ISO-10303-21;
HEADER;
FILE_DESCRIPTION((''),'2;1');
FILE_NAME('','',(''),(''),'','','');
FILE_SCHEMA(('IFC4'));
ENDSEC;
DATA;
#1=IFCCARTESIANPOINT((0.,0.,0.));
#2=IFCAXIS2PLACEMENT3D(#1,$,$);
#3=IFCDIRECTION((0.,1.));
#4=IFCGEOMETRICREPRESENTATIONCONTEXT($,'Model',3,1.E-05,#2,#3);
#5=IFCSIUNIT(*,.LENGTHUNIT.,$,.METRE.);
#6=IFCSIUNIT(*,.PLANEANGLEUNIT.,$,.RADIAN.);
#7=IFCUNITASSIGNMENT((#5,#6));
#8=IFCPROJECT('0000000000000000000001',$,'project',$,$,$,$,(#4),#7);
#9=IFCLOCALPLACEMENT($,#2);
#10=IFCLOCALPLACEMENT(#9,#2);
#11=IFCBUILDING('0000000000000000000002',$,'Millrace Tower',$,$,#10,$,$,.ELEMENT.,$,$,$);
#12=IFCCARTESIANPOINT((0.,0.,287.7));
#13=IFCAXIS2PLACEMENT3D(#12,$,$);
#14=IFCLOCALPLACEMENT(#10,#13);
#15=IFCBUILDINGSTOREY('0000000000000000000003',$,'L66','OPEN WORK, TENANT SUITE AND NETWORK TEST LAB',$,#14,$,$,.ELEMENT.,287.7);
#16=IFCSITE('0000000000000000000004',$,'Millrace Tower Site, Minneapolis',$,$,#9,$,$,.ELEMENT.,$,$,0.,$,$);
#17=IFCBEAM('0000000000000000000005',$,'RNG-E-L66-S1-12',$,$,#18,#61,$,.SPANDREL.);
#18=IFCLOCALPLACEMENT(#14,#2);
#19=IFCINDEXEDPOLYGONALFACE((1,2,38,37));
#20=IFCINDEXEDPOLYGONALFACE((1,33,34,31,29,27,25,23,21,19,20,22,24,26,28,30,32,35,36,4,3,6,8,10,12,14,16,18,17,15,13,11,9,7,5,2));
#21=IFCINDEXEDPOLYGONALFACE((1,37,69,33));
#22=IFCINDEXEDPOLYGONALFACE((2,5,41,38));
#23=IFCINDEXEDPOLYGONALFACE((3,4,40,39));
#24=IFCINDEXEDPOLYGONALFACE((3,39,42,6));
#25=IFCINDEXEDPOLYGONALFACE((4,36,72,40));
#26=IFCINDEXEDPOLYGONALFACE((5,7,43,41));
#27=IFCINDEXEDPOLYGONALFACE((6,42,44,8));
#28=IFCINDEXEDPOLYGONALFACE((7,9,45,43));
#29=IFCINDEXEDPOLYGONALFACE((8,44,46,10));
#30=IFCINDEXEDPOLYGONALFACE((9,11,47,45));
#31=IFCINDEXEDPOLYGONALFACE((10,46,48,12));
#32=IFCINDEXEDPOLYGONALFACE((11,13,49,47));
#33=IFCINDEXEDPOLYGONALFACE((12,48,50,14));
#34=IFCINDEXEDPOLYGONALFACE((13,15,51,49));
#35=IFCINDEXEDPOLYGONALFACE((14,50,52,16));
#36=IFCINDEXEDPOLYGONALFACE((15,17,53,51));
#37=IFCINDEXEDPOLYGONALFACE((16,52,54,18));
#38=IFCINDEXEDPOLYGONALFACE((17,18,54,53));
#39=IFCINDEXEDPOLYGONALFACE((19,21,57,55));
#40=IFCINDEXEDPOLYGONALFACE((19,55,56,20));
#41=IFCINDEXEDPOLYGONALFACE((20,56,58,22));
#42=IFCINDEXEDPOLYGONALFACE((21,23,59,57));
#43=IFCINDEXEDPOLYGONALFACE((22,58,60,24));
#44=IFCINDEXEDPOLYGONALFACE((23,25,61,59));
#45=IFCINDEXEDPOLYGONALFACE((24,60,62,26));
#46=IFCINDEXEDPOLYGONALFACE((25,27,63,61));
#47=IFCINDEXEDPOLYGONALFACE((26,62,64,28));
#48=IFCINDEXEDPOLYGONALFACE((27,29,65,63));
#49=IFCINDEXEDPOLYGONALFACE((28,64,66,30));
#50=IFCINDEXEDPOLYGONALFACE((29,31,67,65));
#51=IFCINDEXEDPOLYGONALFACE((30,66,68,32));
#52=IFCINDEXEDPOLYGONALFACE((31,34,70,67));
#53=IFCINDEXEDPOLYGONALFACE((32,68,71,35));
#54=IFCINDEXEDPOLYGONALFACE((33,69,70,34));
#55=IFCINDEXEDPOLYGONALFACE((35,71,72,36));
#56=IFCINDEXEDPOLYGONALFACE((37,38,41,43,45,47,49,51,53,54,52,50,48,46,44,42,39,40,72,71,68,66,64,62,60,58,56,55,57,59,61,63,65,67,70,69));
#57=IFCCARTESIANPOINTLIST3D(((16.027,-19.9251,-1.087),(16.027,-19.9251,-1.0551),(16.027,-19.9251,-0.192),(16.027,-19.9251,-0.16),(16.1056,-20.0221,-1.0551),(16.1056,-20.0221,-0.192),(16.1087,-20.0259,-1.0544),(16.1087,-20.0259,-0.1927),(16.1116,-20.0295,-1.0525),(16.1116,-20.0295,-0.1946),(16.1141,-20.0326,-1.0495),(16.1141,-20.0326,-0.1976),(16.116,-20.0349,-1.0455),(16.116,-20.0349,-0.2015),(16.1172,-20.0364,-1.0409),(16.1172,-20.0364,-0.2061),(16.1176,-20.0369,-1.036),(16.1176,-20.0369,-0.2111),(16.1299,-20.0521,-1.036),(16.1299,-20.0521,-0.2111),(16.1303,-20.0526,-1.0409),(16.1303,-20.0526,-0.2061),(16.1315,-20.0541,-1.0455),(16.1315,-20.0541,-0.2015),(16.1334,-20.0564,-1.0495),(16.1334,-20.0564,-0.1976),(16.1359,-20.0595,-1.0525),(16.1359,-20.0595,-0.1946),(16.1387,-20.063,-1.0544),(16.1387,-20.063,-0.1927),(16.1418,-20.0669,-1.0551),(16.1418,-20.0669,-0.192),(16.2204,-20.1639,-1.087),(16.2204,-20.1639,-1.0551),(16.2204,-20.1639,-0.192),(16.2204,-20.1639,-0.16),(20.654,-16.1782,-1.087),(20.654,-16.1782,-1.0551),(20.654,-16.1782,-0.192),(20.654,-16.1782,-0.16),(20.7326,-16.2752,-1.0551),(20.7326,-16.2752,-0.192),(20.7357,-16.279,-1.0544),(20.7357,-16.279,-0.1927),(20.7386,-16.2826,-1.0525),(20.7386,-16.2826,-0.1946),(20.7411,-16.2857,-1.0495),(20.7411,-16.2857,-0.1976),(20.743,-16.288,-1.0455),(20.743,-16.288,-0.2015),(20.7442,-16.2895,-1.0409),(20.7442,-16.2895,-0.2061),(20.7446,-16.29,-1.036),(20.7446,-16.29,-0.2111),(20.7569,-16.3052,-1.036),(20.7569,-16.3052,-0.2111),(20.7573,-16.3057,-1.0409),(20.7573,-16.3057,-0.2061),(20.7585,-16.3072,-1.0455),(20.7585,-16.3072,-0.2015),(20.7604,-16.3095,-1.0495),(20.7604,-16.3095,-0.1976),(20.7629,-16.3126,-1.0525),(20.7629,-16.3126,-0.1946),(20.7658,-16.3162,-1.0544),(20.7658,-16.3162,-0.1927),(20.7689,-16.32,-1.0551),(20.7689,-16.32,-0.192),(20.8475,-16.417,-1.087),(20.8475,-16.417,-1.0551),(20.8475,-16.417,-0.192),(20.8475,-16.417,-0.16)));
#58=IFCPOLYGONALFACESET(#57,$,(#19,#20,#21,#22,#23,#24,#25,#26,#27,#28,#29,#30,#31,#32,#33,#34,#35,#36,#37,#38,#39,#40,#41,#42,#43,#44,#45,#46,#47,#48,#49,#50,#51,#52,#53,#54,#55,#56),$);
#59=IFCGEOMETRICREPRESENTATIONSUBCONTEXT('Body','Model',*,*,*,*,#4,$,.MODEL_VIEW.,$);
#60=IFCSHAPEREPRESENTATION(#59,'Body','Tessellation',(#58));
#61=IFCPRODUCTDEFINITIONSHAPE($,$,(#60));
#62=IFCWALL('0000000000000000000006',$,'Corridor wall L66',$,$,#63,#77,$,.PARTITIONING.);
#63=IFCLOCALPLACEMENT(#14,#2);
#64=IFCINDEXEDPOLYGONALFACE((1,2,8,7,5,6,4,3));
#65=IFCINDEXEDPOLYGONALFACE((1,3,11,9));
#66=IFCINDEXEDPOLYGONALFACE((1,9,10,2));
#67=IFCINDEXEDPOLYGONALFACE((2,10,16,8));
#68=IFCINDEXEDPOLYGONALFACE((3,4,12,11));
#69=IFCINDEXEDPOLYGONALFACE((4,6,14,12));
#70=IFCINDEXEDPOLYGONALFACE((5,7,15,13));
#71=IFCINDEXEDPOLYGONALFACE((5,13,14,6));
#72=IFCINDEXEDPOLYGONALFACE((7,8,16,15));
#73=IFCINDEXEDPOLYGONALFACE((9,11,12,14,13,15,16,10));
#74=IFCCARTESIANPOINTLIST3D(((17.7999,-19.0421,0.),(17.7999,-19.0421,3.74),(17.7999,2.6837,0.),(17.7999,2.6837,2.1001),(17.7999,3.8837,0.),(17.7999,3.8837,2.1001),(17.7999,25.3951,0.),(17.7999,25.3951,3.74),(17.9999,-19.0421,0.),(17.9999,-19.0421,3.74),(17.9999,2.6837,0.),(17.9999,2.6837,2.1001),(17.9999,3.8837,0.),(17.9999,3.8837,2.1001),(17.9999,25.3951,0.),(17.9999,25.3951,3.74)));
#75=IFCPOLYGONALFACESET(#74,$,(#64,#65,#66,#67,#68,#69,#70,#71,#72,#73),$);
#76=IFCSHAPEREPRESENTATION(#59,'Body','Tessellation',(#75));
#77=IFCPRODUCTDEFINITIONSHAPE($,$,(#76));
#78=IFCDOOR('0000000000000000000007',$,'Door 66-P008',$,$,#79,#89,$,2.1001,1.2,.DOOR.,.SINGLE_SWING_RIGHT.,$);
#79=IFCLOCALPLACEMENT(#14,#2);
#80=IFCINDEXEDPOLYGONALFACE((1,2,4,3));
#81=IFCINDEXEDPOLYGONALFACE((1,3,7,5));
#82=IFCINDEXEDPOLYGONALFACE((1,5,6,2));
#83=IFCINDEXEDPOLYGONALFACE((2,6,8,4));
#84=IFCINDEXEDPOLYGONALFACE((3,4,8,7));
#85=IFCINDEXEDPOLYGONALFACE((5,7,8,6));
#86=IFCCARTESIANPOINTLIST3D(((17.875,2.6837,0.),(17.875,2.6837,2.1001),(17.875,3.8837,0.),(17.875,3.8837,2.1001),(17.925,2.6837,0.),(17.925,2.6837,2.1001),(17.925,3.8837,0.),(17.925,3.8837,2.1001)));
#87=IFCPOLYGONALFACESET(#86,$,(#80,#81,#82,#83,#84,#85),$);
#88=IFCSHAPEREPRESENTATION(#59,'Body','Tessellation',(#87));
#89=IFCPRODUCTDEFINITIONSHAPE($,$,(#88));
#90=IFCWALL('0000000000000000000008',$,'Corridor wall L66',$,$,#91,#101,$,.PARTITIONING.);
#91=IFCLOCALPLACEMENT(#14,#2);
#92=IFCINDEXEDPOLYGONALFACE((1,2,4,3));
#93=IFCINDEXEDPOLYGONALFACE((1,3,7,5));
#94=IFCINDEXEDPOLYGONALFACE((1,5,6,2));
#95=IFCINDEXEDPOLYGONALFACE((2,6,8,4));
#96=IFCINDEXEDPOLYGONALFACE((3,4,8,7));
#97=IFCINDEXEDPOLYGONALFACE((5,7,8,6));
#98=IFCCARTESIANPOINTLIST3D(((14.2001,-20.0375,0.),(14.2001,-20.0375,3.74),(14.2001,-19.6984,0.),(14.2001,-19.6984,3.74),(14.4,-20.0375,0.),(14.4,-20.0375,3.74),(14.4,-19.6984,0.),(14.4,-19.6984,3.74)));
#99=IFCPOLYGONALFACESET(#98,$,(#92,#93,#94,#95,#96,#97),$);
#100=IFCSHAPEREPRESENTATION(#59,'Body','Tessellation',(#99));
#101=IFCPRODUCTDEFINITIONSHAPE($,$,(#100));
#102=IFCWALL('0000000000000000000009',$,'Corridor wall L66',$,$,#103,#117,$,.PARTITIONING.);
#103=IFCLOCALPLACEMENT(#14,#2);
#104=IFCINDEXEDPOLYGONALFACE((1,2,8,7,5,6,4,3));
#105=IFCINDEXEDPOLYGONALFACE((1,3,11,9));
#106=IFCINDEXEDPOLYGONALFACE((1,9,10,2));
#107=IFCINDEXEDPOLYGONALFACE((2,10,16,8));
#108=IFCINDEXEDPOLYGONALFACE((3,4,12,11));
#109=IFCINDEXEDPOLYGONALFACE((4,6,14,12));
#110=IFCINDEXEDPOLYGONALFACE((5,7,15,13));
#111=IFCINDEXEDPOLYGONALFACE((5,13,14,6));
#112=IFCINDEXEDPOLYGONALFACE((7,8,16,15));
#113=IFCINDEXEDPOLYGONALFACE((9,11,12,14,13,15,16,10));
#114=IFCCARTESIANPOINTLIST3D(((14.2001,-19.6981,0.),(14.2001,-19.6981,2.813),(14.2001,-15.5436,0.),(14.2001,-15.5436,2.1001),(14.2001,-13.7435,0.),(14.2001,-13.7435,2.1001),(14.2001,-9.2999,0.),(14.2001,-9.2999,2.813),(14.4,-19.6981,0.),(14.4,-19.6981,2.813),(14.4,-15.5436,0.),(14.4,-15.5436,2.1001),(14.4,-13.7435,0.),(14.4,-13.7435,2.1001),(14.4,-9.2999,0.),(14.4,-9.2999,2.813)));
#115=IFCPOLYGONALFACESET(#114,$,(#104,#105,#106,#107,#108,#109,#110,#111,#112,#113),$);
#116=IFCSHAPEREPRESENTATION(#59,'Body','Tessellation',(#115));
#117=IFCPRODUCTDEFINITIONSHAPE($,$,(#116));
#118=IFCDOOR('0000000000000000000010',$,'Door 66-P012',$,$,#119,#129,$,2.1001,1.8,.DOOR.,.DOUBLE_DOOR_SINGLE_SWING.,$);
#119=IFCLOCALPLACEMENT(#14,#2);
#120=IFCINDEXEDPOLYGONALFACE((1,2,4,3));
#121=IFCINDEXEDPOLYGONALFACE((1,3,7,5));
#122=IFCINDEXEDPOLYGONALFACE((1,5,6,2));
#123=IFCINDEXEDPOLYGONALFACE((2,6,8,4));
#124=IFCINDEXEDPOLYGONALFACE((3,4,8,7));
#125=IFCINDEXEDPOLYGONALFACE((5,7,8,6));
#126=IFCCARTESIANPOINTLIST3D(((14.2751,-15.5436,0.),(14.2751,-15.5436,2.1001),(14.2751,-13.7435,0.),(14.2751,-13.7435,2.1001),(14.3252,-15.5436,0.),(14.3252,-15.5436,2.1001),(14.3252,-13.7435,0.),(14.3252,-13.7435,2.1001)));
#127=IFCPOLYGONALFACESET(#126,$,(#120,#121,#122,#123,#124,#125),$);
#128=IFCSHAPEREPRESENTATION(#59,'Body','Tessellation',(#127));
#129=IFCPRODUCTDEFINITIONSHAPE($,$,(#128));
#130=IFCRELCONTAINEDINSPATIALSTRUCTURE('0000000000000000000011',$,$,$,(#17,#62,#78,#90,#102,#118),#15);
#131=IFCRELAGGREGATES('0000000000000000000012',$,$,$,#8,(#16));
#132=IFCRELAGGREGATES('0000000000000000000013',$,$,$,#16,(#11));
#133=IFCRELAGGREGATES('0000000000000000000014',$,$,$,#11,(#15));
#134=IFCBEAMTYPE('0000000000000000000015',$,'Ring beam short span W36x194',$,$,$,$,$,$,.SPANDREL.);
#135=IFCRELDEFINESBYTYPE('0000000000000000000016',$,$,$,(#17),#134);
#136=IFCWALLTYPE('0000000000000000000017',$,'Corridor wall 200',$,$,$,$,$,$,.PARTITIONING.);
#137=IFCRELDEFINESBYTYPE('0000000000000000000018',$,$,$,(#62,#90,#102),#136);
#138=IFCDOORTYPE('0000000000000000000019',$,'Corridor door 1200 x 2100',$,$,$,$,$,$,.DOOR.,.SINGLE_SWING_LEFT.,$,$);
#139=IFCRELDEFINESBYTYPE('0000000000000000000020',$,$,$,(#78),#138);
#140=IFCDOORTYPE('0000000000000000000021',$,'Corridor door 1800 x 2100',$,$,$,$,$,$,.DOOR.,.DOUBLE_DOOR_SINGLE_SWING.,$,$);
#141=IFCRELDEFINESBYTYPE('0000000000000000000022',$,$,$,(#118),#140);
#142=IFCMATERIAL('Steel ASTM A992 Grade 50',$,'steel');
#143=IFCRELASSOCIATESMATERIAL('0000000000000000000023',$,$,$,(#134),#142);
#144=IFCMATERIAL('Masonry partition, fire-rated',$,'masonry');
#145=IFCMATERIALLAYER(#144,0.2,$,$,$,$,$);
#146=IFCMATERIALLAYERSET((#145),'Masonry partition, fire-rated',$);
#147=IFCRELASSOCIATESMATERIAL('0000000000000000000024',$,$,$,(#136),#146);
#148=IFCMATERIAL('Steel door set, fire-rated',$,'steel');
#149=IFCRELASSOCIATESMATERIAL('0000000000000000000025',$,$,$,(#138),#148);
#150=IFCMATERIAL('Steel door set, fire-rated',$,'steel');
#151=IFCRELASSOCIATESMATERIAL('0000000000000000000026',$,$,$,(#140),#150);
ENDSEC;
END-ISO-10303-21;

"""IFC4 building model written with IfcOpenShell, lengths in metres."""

from ifc_helpers import new_model, si_unit, direction, frame, frame_2d, origin, origin_2d, place, context, subcontext, project, spatial, rectangle, i_section, extrude, material, layer, layer_set, material_profile, profile_set, type_object, element, fill, save


model = new_model("IFC4")

# Units and contexts
model_context = context("Model", 3, precision=1e-05, world=origin(), true_north=direction((0.0, 1.0)))
body_context = subcontext(model_context, "Body", "Model", "MODEL_VIEW")
ifc_project = project(units=[si_unit("LENGTHUNIT", "METRE"), si_unit("PLANEANGLEUNIT", "RADIAN")], contexts=[model_context])

# Site, building, storey
site_placement = place(None, origin())
site = spatial("IfcSite", under=ifc_project, at=site_placement, Name="Millrace Tower Site, Minneapolis", CompositionType="ELEMENT", RefElevation=0.0)
building_placement = place(site_placement, origin())
building = spatial("IfcBuilding", under=site, at=building_placement, Name="Millrace Tower", CompositionType="ELEMENT")
storey_placement = place(building_placement, frame((0.0, 0.0, 287.7)))
storey = spatial("IfcBuildingStorey", under=building, at=storey_placement, Name="L66", Description="OPEN WORK, TENANT SUITE AND NETWORK TEST LAB", CompositionType="ELEMENT", Elevation=287.7)

# Beam
ifc_material_1 = material(Name="Steel ASTM A992 Grade 50", Category="steel")
ifc_material_profile_1 = material_profile(ifc_material_1, i_section(OverallWidth=0.3074, OverallDepth=0.927, WebThickness=0.0195, FlangeThickness=0.032, FilletRadius=0.019, at=origin_2d()))
ifc_profile_set_1 = profile_set([ifc_material_profile_1], Name="Steel ASTM A992 Grade 50")
beam_type_1 = type_object("IfcBeamType", Name="Ring beam short span W36x194", PredefinedType="SPANDREL", material=ifc_profile_set_1)
beam_1_placement = place(storey_placement, frame((20.7507, -16.2976, -0.6235), z_axis=(-0.777147, -0.62932, 0.0), x_axis=(0.62932, -0.777147, 0.0)))
element("IfcBeam", 1, at=beam_1_placement, inside=storey, type_object=beam_type_1, Name="RNG-E-L66-S1-12", PredefinedType="SPANDREL", context=body_context, shape_type="SweptSolid", body=[
    extrude(i_section(OverallWidth=0.3074, OverallDepth=0.927, WebThickness=0.0195, FlangeThickness=0.032, FilletRadius=0.019, at=origin_2d()), origin(), (0.0, 0.0, 1.0), 5.9539),
])

# Wall, opening, door
ifc_material_2 = material(Name="Masonry partition, fire-rated", Category="masonry")
ifc_layer_1 = layer(ifc_material_2, 0.2)
ifc_layer_set_1 = layer_set([ifc_layer_1], Name="Masonry partition, fire-rated")
wall_type = type_object("IfcWallType", Name="Corridor wall 200", PredefinedType="PARTITIONING", material=ifc_layer_set_1)
wall_1_placement = place(storey_placement, frame((17.8999, -19.0422, 0.0), z_axis=(0.0, 0.0, 1.0), x_axis=(0.0, 1.0, 0.0)))
wall_1 = element("IfcWall", 2, at=wall_1_placement, inside=storey, type_object=wall_type, Name="Corridor wall L66", PredefinedType="PARTITIONING", context=body_context, shape_type="SweptSolid", body=[
    extrude(rectangle(XDim=44.4373, YDim=0.2, at=frame_2d((22.2188, 0.0))), origin(), (0.0, 0.0, 1.0), 3.74),
])
opening_1_placement = place(wall_1_placement, frame((21.7258, 0.0, 0.0)))
opening_1 = element("IfcOpeningElement", 3, at=opening_1_placement, cuts=wall_1, PredefinedType="OPENING", context=body_context, shape_type="SweptSolid", body=[
    extrude(rectangle(XDim=1.2, YDim=2.1001, at=frame_2d((0.6001, 1.05))), frame((0.0, 0.1099, 0.0), z_axis=(0.0, -1.0, 0.0), x_axis=(1.0, 0.0, 0.0)), (0.0, 0.0, 1.0), 0.22),
])
ifc_material_3 = material(Name="Steel door set, fire-rated", Category="steel")
door_type_1 = type_object("IfcDoorType", Name="Corridor door 1200 x 2100", OperationType="SINGLE_SWING_LEFT", PredefinedType="DOOR", material=ifc_material_3)
door_1_placement = place(opening_1_placement, origin())
door_1 = element("IfcDoor", 4, at=door_1_placement, inside=storey, type_object=door_type_1, Name="Door 66-P008", OperationType="SINGLE_SWING_RIGHT", OverallHeight=2.1001, OverallWidth=1.2, PredefinedType="DOOR", context=body_context, shape_type="SweptSolid", body=[
    extrude(rectangle(XDim=1.2, YDim=2.1001, at=frame_2d((0.6001, 1.05))), frame((0.0, 0.0249, 0.0), z_axis=(0.0, -1.0, 0.0), x_axis=(1.0, 0.0, 0.0)), (0.0, 0.0, 1.0), 0.05),
])
fill(opening_1, door_1)

# Wall
wall_2_placement = place(storey_placement, frame((14.3, -20.0374, 0.0), z_axis=(0.0, 0.0, 1.0), x_axis=(0.0, 1.0, 0.0)))
element("IfcWall", 5, at=wall_2_placement, inside=storey, type_object=wall_type, Name="Corridor wall L66", PredefinedType="PARTITIONING", context=body_context, shape_type="SweptSolid", body=[
    extrude(rectangle(XDim=0.3391, YDim=0.2, at=frame_2d((0.1694, 0.0))), origin(), (0.0, 0.0, 1.0), 3.74),
])

# Wall, opening, door
wall_3_placement = place(storey_placement, frame((14.3, -19.6982, 0.0), z_axis=(0.0, 0.0, 1.0), x_axis=(0.0, 1.0, 0.0)))
wall_3 = element("IfcWall", 6, at=wall_3_placement, inside=storey, type_object=wall_type, Name="Corridor wall L66", PredefinedType="PARTITIONING", context=body_context, shape_type="SweptSolid", body=[
    extrude(rectangle(XDim=10.3982, YDim=0.2, at=frame_2d((5.1992, 0.0))), origin(), (0.0, 0.0, 1.0), 2.813),
])
opening_2_placement = place(wall_3_placement, frame((4.1548, 0.0, 0.0)))
opening_2 = element("IfcOpeningElement", 7, at=opening_2_placement, cuts=wall_3, PredefinedType="OPENING", context=body_context, shape_type="SweptSolid", body=[
    extrude(rectangle(XDim=1.8, YDim=2.1001, at=frame_2d((0.8999, 1.05))), frame((0.0, 0.1099, 0.0), z_axis=(0.0, -1.0, 0.0), x_axis=(1.0, 0.0, 0.0)), (0.0, 0.0, 1.0), 0.22),
])
ifc_material_4 = material(Name="Steel door set, fire-rated", Category="steel")
door_type_2 = type_object("IfcDoorType", Name="Corridor door 1800 x 2100", OperationType="DOUBLE_DOOR_SINGLE_SWING", PredefinedType="DOOR", material=ifc_material_4)
door_2_placement = place(opening_2_placement, origin())
door_2 = element("IfcDoor", 8, at=door_2_placement, inside=storey, type_object=door_type_2, Name="Door 66-P012", OperationType="DOUBLE_DOOR_SINGLE_SWING", OverallHeight=2.1001, OverallWidth=1.8, PredefinedType="DOOR", context=body_context, shape_type="SweptSolid", body=[
    extrude(rectangle(XDim=1.8, YDim=2.1001, at=frame_2d((0.8999, 1.05))), frame((0.0, 0.0249, 0.0), z_axis=(0.0, -1.0, 0.0), x_axis=(1.0, 0.0, 0.0)), (0.0, 0.0, 1.0), 0.05),
])
fill(opening_2, door_2)

save(model, "model.ifc")
